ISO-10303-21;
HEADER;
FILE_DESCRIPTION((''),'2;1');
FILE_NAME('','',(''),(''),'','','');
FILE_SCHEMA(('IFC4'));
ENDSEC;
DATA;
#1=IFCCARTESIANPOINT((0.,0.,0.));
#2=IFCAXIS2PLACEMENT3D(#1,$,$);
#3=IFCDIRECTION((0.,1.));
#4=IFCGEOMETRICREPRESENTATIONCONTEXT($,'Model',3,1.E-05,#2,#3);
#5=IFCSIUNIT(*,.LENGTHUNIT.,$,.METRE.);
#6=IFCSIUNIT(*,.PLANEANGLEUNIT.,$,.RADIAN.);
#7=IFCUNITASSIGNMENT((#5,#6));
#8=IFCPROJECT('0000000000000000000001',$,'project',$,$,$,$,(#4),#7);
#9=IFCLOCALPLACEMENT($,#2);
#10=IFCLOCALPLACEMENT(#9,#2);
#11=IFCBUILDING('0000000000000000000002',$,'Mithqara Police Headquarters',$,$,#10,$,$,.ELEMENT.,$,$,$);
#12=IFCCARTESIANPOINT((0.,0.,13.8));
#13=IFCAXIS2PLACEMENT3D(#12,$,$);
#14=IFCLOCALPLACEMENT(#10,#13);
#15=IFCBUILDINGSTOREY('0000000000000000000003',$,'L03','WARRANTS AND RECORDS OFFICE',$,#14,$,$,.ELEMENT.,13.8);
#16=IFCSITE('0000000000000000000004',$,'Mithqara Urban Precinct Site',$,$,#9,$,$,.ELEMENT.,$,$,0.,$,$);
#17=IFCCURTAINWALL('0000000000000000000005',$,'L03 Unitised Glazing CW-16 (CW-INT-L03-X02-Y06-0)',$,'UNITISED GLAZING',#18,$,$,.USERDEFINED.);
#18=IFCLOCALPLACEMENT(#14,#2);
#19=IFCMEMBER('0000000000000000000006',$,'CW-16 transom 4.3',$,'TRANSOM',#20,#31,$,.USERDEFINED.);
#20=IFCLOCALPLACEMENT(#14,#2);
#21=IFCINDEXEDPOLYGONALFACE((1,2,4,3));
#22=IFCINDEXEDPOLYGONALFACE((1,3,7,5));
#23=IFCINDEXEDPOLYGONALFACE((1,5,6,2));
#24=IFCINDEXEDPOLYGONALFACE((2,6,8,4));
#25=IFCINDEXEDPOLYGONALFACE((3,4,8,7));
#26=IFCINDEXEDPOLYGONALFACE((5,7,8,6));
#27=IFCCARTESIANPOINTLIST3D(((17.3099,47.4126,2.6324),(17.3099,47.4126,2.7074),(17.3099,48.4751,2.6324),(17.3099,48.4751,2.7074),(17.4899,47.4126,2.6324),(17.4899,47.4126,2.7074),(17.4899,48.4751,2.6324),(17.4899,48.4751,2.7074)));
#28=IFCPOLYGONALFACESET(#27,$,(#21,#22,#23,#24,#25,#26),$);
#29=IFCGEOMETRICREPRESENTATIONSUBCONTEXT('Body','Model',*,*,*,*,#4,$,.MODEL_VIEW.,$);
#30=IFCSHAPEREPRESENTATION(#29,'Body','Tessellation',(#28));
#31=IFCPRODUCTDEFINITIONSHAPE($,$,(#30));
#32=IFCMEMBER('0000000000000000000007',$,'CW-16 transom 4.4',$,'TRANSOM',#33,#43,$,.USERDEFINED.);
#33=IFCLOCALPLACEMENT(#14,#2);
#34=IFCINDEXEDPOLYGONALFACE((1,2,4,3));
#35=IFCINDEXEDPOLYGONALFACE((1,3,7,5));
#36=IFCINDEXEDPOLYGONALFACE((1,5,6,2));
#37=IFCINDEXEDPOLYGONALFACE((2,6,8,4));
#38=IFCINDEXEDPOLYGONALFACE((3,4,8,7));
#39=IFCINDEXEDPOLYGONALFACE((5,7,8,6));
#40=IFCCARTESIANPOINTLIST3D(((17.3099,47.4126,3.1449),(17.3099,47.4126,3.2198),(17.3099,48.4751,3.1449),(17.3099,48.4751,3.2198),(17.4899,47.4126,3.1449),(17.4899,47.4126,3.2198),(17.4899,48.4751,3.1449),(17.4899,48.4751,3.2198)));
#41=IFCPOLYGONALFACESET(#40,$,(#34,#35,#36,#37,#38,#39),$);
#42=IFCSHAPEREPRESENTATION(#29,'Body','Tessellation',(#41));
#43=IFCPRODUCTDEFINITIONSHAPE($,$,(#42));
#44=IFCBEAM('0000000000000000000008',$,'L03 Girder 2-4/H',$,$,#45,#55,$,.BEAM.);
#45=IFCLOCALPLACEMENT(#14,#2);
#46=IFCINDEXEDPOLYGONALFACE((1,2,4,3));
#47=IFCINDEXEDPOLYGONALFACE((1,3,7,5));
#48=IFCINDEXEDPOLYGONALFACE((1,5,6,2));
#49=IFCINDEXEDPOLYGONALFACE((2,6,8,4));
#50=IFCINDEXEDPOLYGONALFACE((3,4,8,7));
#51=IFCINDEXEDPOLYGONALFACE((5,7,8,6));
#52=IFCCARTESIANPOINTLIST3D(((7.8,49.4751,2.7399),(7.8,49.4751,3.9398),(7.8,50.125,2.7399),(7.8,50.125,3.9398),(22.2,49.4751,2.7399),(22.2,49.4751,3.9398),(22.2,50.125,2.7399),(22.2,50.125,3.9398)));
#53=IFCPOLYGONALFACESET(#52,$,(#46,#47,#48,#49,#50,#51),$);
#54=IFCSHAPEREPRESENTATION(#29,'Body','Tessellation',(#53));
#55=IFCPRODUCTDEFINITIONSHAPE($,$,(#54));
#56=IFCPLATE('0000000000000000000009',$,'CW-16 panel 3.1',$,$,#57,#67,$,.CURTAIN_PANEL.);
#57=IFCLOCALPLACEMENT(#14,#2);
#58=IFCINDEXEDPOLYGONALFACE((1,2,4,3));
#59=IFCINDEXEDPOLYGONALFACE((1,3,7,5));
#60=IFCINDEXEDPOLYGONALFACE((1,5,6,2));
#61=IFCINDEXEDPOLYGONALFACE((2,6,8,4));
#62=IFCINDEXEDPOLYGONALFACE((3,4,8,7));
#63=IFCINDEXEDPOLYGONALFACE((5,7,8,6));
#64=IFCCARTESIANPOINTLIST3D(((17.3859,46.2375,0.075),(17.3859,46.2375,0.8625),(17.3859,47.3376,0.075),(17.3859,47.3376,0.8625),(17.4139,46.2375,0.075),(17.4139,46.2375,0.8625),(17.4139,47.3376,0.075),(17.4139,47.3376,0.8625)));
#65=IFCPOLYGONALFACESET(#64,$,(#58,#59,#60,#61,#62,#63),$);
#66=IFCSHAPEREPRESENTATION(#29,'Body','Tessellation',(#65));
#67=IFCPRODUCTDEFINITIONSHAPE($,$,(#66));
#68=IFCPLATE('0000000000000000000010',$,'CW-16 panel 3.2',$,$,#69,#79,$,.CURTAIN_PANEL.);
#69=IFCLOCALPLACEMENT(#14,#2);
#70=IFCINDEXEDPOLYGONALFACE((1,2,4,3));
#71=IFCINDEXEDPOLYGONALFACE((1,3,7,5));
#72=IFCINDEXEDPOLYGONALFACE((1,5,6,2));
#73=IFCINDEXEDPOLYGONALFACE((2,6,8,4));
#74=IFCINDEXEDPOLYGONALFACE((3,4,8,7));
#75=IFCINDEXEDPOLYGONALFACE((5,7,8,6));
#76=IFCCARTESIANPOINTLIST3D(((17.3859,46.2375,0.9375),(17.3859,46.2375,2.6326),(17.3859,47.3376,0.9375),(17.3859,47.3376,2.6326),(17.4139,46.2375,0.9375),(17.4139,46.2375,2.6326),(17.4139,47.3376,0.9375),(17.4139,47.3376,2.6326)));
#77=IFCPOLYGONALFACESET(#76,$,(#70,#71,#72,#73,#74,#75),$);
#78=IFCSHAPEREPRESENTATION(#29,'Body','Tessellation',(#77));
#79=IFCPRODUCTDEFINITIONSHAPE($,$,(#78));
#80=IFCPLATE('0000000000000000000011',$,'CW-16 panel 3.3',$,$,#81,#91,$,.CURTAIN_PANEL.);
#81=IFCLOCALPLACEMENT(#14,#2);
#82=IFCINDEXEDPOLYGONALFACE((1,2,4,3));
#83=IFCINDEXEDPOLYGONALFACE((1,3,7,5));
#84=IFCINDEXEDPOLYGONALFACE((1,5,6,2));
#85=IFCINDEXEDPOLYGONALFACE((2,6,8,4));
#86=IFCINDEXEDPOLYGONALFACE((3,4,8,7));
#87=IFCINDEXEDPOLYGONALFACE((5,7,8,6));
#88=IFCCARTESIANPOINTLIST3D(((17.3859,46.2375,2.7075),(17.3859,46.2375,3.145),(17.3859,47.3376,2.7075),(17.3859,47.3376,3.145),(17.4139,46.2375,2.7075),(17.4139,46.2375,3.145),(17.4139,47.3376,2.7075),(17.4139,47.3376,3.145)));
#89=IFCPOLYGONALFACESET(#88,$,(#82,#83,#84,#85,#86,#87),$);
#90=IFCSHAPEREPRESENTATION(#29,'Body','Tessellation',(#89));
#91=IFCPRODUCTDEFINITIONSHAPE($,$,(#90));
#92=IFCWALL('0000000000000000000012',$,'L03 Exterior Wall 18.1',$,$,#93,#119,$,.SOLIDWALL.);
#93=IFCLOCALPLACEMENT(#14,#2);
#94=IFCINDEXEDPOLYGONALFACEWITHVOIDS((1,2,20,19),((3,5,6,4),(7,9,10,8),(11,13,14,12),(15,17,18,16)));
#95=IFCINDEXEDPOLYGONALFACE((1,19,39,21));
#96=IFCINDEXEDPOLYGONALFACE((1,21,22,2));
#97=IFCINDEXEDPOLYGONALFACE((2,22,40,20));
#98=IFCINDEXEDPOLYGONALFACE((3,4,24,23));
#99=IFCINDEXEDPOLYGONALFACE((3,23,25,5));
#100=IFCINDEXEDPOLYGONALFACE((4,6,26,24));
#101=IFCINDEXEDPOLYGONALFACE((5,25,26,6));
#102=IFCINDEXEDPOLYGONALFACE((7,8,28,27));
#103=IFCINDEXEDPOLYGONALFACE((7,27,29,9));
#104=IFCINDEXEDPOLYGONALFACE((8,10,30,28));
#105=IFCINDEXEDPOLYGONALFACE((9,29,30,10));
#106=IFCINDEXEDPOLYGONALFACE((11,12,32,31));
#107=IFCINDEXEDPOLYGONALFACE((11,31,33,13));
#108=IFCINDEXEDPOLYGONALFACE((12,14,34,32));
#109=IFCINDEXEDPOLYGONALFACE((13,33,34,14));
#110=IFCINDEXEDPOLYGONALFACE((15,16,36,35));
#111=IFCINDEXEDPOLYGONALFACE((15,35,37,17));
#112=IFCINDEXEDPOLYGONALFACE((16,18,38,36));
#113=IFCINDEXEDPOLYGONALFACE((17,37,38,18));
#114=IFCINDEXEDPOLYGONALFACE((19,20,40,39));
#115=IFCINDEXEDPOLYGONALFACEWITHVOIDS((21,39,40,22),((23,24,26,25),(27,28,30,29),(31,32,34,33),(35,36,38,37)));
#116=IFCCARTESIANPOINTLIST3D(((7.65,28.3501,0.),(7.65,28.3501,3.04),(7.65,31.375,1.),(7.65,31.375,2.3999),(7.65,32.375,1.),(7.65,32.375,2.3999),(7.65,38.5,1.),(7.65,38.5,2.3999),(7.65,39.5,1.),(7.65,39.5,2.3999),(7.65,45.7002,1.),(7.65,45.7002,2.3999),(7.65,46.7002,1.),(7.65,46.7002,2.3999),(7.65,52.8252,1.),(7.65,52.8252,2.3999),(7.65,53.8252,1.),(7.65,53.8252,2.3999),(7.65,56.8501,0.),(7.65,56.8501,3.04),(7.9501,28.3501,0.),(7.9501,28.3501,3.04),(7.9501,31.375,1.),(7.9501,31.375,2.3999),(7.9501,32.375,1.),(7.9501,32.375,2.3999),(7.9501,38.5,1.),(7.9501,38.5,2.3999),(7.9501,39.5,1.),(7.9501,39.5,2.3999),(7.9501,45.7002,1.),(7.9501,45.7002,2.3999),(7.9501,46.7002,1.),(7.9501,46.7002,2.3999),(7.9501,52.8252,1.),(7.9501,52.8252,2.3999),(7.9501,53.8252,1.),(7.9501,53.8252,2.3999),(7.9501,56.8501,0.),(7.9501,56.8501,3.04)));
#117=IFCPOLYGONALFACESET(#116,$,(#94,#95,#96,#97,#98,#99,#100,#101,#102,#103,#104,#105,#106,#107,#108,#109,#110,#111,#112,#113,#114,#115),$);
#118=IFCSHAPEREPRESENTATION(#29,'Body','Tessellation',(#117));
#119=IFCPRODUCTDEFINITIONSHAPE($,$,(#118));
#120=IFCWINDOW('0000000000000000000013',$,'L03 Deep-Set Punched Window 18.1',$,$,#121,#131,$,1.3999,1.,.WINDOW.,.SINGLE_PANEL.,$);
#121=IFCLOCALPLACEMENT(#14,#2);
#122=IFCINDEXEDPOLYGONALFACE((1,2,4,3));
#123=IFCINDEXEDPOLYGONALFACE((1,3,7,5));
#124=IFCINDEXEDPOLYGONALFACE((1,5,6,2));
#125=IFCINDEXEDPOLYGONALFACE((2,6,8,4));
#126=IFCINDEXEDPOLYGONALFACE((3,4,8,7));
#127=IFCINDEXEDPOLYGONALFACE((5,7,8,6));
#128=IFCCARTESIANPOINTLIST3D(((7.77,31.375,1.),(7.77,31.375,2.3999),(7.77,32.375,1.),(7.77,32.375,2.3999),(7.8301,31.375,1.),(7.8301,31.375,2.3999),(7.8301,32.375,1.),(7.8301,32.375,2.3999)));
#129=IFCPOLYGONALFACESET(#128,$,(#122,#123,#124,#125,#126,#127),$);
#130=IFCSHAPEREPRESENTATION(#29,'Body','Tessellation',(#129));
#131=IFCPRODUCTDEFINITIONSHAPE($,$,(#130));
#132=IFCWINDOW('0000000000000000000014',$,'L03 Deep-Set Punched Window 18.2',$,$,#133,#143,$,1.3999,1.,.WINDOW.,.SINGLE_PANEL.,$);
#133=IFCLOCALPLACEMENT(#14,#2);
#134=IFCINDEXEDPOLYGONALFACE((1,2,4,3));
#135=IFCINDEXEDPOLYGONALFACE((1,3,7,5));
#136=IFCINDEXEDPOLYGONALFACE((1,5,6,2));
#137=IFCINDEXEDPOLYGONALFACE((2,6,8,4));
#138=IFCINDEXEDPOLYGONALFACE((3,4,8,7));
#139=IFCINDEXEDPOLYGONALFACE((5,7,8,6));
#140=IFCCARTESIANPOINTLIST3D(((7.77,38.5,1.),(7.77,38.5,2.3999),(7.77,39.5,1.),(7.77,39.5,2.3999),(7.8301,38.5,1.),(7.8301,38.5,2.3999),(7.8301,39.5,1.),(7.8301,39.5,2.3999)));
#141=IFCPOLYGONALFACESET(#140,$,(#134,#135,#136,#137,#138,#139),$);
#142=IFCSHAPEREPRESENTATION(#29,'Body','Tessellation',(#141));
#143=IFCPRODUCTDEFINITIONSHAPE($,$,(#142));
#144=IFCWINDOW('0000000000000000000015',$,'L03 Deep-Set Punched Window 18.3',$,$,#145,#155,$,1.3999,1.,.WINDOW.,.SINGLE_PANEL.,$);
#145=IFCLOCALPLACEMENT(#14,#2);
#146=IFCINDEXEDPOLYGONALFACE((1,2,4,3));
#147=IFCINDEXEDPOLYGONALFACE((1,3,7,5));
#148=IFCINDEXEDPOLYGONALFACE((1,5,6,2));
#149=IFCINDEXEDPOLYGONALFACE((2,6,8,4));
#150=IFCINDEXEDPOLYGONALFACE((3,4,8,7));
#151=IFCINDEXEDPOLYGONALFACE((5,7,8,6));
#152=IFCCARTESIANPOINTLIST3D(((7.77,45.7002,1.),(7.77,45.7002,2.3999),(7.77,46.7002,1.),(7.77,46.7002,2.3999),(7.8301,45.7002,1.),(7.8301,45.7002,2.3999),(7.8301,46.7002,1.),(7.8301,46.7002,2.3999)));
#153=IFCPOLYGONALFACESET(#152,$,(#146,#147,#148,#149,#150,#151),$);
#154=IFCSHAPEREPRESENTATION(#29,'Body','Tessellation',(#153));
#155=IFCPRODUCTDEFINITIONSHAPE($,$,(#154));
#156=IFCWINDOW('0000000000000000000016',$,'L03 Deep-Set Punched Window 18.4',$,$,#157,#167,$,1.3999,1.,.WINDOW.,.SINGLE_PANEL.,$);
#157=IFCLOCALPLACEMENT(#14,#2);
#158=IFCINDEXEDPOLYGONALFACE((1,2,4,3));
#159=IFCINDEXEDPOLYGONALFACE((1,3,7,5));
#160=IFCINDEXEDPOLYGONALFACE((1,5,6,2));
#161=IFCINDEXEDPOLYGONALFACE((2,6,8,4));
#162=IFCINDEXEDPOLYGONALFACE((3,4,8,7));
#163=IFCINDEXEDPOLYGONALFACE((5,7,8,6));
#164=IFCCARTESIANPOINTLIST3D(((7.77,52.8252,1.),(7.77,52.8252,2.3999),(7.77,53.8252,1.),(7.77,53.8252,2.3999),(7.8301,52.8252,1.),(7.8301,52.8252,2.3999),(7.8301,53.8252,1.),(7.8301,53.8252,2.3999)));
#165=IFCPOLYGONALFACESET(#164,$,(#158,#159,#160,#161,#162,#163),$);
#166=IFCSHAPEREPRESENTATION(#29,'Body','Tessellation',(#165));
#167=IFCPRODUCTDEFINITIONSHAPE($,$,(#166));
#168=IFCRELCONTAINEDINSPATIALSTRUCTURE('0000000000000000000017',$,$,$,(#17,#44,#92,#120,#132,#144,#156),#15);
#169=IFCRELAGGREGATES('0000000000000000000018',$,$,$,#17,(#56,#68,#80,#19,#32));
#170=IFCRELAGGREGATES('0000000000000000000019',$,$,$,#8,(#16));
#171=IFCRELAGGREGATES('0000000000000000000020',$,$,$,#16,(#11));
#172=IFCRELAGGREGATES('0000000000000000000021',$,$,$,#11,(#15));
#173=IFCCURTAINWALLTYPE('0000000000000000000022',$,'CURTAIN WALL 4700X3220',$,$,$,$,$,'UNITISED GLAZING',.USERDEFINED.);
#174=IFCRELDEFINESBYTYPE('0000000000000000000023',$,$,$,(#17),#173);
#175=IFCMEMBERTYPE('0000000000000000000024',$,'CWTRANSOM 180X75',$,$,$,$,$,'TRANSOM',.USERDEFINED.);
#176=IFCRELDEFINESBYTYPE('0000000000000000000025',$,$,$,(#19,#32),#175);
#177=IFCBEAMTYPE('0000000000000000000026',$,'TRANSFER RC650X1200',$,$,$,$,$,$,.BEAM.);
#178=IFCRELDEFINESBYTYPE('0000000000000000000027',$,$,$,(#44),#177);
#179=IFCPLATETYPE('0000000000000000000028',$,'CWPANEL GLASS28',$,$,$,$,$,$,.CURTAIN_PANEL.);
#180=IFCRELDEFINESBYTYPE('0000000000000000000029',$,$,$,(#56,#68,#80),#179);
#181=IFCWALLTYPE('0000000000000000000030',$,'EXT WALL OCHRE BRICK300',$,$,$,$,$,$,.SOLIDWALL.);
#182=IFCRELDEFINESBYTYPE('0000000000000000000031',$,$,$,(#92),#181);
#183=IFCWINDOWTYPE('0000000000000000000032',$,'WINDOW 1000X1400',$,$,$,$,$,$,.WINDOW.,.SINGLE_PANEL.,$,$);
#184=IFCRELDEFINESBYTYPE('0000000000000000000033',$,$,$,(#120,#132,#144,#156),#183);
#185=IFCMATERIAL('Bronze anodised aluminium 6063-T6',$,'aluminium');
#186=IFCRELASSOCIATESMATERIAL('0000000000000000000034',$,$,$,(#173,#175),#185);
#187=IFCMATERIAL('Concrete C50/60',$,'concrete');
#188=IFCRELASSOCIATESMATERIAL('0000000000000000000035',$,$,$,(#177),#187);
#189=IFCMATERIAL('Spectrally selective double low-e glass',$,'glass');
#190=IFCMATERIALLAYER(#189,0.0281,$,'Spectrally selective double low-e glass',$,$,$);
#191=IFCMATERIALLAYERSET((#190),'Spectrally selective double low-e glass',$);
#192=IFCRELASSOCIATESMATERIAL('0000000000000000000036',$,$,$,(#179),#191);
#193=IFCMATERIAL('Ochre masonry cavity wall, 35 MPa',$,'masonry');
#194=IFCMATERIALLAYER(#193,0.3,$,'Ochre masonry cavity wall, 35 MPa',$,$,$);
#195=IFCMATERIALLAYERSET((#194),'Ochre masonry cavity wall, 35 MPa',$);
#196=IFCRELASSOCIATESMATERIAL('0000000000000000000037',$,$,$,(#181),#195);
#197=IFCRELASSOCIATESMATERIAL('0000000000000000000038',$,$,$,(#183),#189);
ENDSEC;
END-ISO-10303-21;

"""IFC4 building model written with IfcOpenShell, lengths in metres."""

from ifc_helpers import new_model, si_unit, direction, frame, frame_2d, origin, origin_2d, place, context, subcontext, project, spatial, rectangle, extrude, material, layer, layer_set, material_profile, profile_set, type_object, element, fill, aggregate, save


model = new_model("IFC4")

# Units and contexts
model_context = context("Model", 3, precision=1e-05, world=origin(), true_north=direction((0.0, 1.0)))
body_context = subcontext(model_context, "Body", "Model", "MODEL_VIEW")
ifc_project = project(units=[si_unit("LENGTHUNIT", "METRE"), si_unit("PLANEANGLEUNIT", "RADIAN")], contexts=[model_context])

# Site, building, storey
site_placement = place(None, origin())
site = spatial("IfcSite", under=ifc_project, at=site_placement, Name="Mithqara Urban Precinct Site", CompositionType="ELEMENT", RefElevation=0.0)
building_placement = place(site_placement, origin())
building = spatial("IfcBuilding", under=site, at=building_placement, Name="Mithqara Police Headquarters", CompositionType="ELEMENT")
storey_placement = place(building_placement, frame((0.0, 0.0, 13.8)))
storey = spatial("IfcBuildingStorey", under=building, at=storey_placement, Name="L03", Description="WARRANTS AND RECORDS OFFICE", CompositionType="ELEMENT", Elevation=13.8)

# Shared definitions
ifc_material_1 = material(Name="Concrete C50/60", Category="concrete")

# Curtain wall, members
ifc_material_2 = material(Name="Bronze anodised aluminium 6063-T6", Category="aluminium")
curtain_wall_type = type_object("IfcCurtainWallType", Name="CURTAIN WALL 4700X3220", ElementType="UNITISED GLAZING", PredefinedType="USERDEFINED", material=ifc_material_2)
curtain_wall_placement = place(storey_placement, origin())
curtain_wall = element("IfcCurtainWall", 1, at=curtain_wall_placement, inside=storey, type_object=curtain_wall_type, Name="L03 Unitised Glazing CW-16 (CW-INT-L03-X02-Y06-0)", ObjectType="UNITISED GLAZING", PredefinedType="USERDEFINED")
ifc_material_profile_1 = material_profile(ifc_material_2, rectangle(XDim=0.1799, YDim=0.075, at=origin_2d()), Name="CWT 180x75")
ifc_profile_set_1 = profile_set([ifc_material_profile_1], Name="Bronze anodised aluminium 6063-T6")
member_type_1 = type_object("IfcMemberType", Name="CWTRANSOM 180X75", ElementType="TRANSOM", PredefinedType="USERDEFINED", material=ifc_profile_set_1)
member_1_placement = place(storey_placement, frame((17.3999, 47.4126, 2.6699), z_axis=(0.0, 1.0, 0.0), x_axis=(-1.0, 0.0, 0.0)))
member_1 = element("IfcMember", 2, at=member_1_placement, type_object=member_type_1, Name="CW-16 transom 4.3", ObjectType="TRANSOM", PredefinedType="USERDEFINED", context=body_context, shape_type="SweptSolid", body=[
    extrude(rectangle(XDim=0.1799, YDim=0.075, at=origin_2d()), origin(), (0.0, 0.0, 1.0), 1.0625),
])
member_2_placement = place(storey_placement, frame((17.3999, 47.4126, 3.1824), z_axis=(0.0, 1.0, 0.0), x_axis=(-1.0, 0.0, 0.0)))
member_2 = element("IfcMember", 3, at=member_2_placement, type_object=member_type_1, Name="CW-16 transom 4.4", ObjectType="TRANSOM", PredefinedType="USERDEFINED", context=body_context, shape_type="SweptSolid", body=[
    extrude(rectangle(XDim=0.1799, YDim=0.075, at=origin_2d()), origin(), (0.0, 0.0, 1.0), 1.0625),
])

# Beam
ifc_material_profile_2 = material_profile(ifc_material_1, rectangle(XDim=0.6499, YDim=1.2, at=origin_2d()), Name="RC 650x1200")
ifc_profile_set_2 = profile_set([ifc_material_profile_2], Name="Concrete C50/60")
beam_type_1 = type_object("IfcBeamType", Name="TRANSFER RC650X1200", PredefinedType="BEAM", material=ifc_profile_set_2)
beam_1_placement = place(storey_placement, frame((7.8, 49.8, 3.3398), z_axis=(1.0, 0.0, 0.0), x_axis=(0.0, 1.0, 0.0)))
element("IfcBeam", 4, at=beam_1_placement, inside=storey, type_object=beam_type_1, Name="L03 Girder 2-4/H", PredefinedType="BEAM", context=body_context, shape_type="SweptSolid", body=[
    extrude(rectangle(XDim=0.6499, YDim=1.2, at=origin_2d()), origin(), (0.0, 0.0, 1.0), 14.3999),
])

# Plates
ifc_material_3 = material(Name="Spectrally selective double low-e glass", Category="glass")
ifc_layer_1 = layer(ifc_material_3, 0.0281, Name="Spectrally selective double low-e glass")
ifc_layer_set_1 = layer_set([ifc_layer_1], Name="Spectrally selective double low-e glass")
plate_type = type_object("IfcPlateType", Name="CWPANEL GLASS28", PredefinedType="CURTAIN_PANEL", material=ifc_layer_set_1)
plate_1_placement = place(storey_placement, frame((17.3999, 46.7876, 0.075), z_axis=(0.0, 0.0, 1.0), x_axis=(0.0, 1.0, 0.0)))
plate_1 = element("IfcPlate", 5, at=plate_1_placement, type_object=plate_type, Name="CW-16 panel 3.1", PredefinedType="CURTAIN_PANEL", context=body_context, shape_type="SweptSolid", body=[
    extrude(rectangle(XDim=1.1001, YDim=0.0281, at=origin_2d()), origin(), (0.0, 0.0, 1.0), 0.7876),
])
plate_2_placement = place(storey_placement, frame((17.3999, 46.7876, 0.9375), z_axis=(0.0, 0.0, 1.0), x_axis=(0.0, 1.0, 0.0)))
plate_2 = element("IfcPlate", 6, at=plate_2_placement, type_object=plate_type, Name="CW-16 panel 3.2", PredefinedType="CURTAIN_PANEL", context=body_context, shape_type="SweptSolid", body=[
    extrude(rectangle(XDim=1.1001, YDim=0.0281, at=origin_2d()), origin(), (0.0, 0.0, 1.0), 1.6951),
])
plate_3_placement = place(storey_placement, frame((17.3999, 46.7876, 2.7075), z_axis=(0.0, 0.0, 1.0), x_axis=(0.0, 1.0, 0.0)))
plate_3 = element("IfcPlate", 7, at=plate_3_placement, type_object=plate_type, Name="CW-16 panel 3.3", PredefinedType="CURTAIN_PANEL", context=body_context, shape_type="SweptSolid", body=[
    extrude(rectangle(XDim=1.1001, YDim=0.0281, at=origin_2d()), origin(), (0.0, 0.0, 1.0), 0.4375),
])
aggregate(curtain_wall, [plate_1, plate_2, plate_3, member_1, member_2])

# Wall, openings, windows
ifc_material_4 = material(Name="Ochre masonry cavity wall, 35 MPa", Category="masonry")
ifc_layer_2 = layer(ifc_material_4, 0.3, Name="Ochre masonry cavity wall, 35 MPa")
ifc_layer_set_2 = layer_set([ifc_layer_2], Name="Ochre masonry cavity wall, 35 MPa")
wall_type_1 = type_object("IfcWallType", Name="EXT WALL OCHRE BRICK300", PredefinedType="SOLIDWALL", material=ifc_layer_set_2)
wall_1_placement = place(storey_placement, frame((7.8, 56.8501, 0.0), z_axis=(0.0, 0.0, 1.0), x_axis=(0.0, -1.0, 0.0)))
wall_1 = element("IfcWall", 8, at=wall_1_placement, inside=storey, type_object=wall_type_1, Name="L03 Exterior Wall 18.1", PredefinedType="SOLIDWALL", context=body_context, shape_type="SweptSolid", body=[
    extrude(rectangle(XDim=28.5, YDim=0.3, at=frame_2d((14.25, 0.0))), origin(), (0.0, 0.0, 1.0), 3.04),
])
opening_1_placement = place(wall_1_placement, frame((24.4751, 0.0, 1.0)))
opening_1 = element("IfcOpeningElement", 9, at=opening_1_placement, cuts=wall_1, PredefinedType="OPENING", context=body_context, shape_type="SweptSolid", body=[
    extrude(rectangle(XDim=1.0, YDim=1.3999, at=frame_2d((0.5, 0.7))), frame((0.0, 0.1602, 0.0), z_axis=(0.0, -1.0, 0.0), x_axis=(1.0, 0.0, 0.0)), (0.0, 0.0, 1.0), 0.3201),
])
opening_2_placement = place(wall_1_placement, frame((17.3501, 0.0, 1.0)))
opening_2 = element("IfcOpeningElement", 10, at=opening_2_placement, cuts=wall_1, PredefinedType="OPENING", context=body_context, shape_type="SweptSolid", body=[
    extrude(rectangle(XDim=1.0, YDim=1.3999, at=frame_2d((0.5, 0.7))), frame((0.0, 0.1602, 0.0), z_axis=(0.0, -1.0, 0.0), x_axis=(1.0, 0.0, 0.0)), (0.0, 0.0, 1.0), 0.3201),
])
opening_3_placement = place(wall_1_placement, frame((10.1499, 0.0, 1.0)))
opening_3 = element("IfcOpeningElement", 11, at=opening_3_placement, cuts=wall_1, PredefinedType="OPENING", context=body_context, shape_type="SweptSolid", body=[
    extrude(rectangle(XDim=1.0, YDim=1.3999, at=frame_2d((0.5, 0.7))), frame((0.0, 0.1602, 0.0), z_axis=(0.0, -1.0, 0.0), x_axis=(1.0, 0.0, 0.0)), (0.0, 0.0, 1.0), 0.3201),
])
opening_4_placement = place(wall_1_placement, frame((3.0249, 0.0, 1.0)))
opening_4 = element("IfcOpeningElement", 12, at=opening_4_placement, cuts=wall_1, PredefinedType="OPENING", context=body_context, shape_type="SweptSolid", body=[
    extrude(rectangle(XDim=1.0, YDim=1.3999, at=frame_2d((0.5, 0.7))), frame((0.0, 0.1602, 0.0), z_axis=(0.0, -1.0, 0.0), x_axis=(1.0, 0.0, 0.0)), (0.0, 0.0, 1.0), 0.3201),
])
window_type = type_object("IfcWindowType", Name="WINDOW 1000X1400", PartitioningType="SINGLE_PANEL", PredefinedType="WINDOW", material=ifc_material_3)
window_1_placement = place(opening_1_placement, origin())
window_1 = element("IfcWindow", 13, at=window_1_placement, inside=storey, type_object=window_type, Name="L03 Deep-Set Punched Window 18.1", OverallHeight=1.3999, OverallWidth=1.0, PartitioningType="SINGLE_PANEL", PredefinedType="WINDOW", context=body_context, shape_type="SweptSolid", body=[
    extrude(rectangle(XDim=1.0, YDim=1.3999, at=frame_2d((0.5, 0.7))), frame((0.0, 0.03, 0.0), z_axis=(0.0, -1.0, 0.0), x_axis=(1.0, 0.0, 0.0)), (0.0, 0.0, 1.0), 0.0601),
])
fill(opening_1, window_1)
window_2_placement = place(opening_2_placement, origin())
window_2 = element("IfcWindow", 14, at=window_2_placement, inside=storey, type_object=window_type, Name="L03 Deep-Set Punched Window 18.2", OverallHeight=1.3999, OverallWidth=1.0, PartitioningType="SINGLE_PANEL", PredefinedType="WINDOW", context=body_context, shape_type="SweptSolid", body=[
    extrude(rectangle(XDim=1.0, YDim=1.3999, at=frame_2d((0.5, 0.7))), frame((0.0, 0.03, 0.0), z_axis=(0.0, -1.0, 0.0), x_axis=(1.0, 0.0, 0.0)), (0.0, 0.0, 1.0), 0.0601),
])
fill(opening_2, window_2)
window_3_placement = place(opening_3_placement, origin())
window_3 = element("IfcWindow", 15, at=window_3_placement, inside=storey, type_object=window_type, Name="L03 Deep-Set Punched Window 18.3", OverallHeight=1.3999, OverallWidth=1.0, PartitioningType="SINGLE_PANEL", PredefinedType="WINDOW", context=body_context, shape_type="SweptSolid", body=[
    extrude(rectangle(XDim=1.0, YDim=1.3999, at=frame_2d((0.5, 0.7))), frame((0.0, 0.03, 0.0), z_axis=(0.0, -1.0, 0.0), x_axis=(1.0, 0.0, 0.0)), (0.0, 0.0, 1.0), 0.0601),
])
fill(opening_3, window_3)
window_4_placement = place(opening_4_placement, origin())
window_4 = element("IfcWindow", 16, at=window_4_placement, inside=storey, type_object=window_type, Name="L03 Deep-Set Punched Window 18.4", OverallHeight=1.3999, OverallWidth=1.0, PartitioningType="SINGLE_PANEL", PredefinedType="WINDOW", context=body_context, shape_type="SweptSolid", body=[
    extrude(rectangle(XDim=1.0, YDim=1.3999, at=frame_2d((0.5, 0.7))), frame((0.0, 0.03, 0.0), z_axis=(0.0, -1.0, 0.0), x_axis=(1.0, 0.0, 0.0)), (0.0, 0.0, 1.0), 0.0601),
])
fill(opening_4, window_4)

save(model, "model.ifc")
